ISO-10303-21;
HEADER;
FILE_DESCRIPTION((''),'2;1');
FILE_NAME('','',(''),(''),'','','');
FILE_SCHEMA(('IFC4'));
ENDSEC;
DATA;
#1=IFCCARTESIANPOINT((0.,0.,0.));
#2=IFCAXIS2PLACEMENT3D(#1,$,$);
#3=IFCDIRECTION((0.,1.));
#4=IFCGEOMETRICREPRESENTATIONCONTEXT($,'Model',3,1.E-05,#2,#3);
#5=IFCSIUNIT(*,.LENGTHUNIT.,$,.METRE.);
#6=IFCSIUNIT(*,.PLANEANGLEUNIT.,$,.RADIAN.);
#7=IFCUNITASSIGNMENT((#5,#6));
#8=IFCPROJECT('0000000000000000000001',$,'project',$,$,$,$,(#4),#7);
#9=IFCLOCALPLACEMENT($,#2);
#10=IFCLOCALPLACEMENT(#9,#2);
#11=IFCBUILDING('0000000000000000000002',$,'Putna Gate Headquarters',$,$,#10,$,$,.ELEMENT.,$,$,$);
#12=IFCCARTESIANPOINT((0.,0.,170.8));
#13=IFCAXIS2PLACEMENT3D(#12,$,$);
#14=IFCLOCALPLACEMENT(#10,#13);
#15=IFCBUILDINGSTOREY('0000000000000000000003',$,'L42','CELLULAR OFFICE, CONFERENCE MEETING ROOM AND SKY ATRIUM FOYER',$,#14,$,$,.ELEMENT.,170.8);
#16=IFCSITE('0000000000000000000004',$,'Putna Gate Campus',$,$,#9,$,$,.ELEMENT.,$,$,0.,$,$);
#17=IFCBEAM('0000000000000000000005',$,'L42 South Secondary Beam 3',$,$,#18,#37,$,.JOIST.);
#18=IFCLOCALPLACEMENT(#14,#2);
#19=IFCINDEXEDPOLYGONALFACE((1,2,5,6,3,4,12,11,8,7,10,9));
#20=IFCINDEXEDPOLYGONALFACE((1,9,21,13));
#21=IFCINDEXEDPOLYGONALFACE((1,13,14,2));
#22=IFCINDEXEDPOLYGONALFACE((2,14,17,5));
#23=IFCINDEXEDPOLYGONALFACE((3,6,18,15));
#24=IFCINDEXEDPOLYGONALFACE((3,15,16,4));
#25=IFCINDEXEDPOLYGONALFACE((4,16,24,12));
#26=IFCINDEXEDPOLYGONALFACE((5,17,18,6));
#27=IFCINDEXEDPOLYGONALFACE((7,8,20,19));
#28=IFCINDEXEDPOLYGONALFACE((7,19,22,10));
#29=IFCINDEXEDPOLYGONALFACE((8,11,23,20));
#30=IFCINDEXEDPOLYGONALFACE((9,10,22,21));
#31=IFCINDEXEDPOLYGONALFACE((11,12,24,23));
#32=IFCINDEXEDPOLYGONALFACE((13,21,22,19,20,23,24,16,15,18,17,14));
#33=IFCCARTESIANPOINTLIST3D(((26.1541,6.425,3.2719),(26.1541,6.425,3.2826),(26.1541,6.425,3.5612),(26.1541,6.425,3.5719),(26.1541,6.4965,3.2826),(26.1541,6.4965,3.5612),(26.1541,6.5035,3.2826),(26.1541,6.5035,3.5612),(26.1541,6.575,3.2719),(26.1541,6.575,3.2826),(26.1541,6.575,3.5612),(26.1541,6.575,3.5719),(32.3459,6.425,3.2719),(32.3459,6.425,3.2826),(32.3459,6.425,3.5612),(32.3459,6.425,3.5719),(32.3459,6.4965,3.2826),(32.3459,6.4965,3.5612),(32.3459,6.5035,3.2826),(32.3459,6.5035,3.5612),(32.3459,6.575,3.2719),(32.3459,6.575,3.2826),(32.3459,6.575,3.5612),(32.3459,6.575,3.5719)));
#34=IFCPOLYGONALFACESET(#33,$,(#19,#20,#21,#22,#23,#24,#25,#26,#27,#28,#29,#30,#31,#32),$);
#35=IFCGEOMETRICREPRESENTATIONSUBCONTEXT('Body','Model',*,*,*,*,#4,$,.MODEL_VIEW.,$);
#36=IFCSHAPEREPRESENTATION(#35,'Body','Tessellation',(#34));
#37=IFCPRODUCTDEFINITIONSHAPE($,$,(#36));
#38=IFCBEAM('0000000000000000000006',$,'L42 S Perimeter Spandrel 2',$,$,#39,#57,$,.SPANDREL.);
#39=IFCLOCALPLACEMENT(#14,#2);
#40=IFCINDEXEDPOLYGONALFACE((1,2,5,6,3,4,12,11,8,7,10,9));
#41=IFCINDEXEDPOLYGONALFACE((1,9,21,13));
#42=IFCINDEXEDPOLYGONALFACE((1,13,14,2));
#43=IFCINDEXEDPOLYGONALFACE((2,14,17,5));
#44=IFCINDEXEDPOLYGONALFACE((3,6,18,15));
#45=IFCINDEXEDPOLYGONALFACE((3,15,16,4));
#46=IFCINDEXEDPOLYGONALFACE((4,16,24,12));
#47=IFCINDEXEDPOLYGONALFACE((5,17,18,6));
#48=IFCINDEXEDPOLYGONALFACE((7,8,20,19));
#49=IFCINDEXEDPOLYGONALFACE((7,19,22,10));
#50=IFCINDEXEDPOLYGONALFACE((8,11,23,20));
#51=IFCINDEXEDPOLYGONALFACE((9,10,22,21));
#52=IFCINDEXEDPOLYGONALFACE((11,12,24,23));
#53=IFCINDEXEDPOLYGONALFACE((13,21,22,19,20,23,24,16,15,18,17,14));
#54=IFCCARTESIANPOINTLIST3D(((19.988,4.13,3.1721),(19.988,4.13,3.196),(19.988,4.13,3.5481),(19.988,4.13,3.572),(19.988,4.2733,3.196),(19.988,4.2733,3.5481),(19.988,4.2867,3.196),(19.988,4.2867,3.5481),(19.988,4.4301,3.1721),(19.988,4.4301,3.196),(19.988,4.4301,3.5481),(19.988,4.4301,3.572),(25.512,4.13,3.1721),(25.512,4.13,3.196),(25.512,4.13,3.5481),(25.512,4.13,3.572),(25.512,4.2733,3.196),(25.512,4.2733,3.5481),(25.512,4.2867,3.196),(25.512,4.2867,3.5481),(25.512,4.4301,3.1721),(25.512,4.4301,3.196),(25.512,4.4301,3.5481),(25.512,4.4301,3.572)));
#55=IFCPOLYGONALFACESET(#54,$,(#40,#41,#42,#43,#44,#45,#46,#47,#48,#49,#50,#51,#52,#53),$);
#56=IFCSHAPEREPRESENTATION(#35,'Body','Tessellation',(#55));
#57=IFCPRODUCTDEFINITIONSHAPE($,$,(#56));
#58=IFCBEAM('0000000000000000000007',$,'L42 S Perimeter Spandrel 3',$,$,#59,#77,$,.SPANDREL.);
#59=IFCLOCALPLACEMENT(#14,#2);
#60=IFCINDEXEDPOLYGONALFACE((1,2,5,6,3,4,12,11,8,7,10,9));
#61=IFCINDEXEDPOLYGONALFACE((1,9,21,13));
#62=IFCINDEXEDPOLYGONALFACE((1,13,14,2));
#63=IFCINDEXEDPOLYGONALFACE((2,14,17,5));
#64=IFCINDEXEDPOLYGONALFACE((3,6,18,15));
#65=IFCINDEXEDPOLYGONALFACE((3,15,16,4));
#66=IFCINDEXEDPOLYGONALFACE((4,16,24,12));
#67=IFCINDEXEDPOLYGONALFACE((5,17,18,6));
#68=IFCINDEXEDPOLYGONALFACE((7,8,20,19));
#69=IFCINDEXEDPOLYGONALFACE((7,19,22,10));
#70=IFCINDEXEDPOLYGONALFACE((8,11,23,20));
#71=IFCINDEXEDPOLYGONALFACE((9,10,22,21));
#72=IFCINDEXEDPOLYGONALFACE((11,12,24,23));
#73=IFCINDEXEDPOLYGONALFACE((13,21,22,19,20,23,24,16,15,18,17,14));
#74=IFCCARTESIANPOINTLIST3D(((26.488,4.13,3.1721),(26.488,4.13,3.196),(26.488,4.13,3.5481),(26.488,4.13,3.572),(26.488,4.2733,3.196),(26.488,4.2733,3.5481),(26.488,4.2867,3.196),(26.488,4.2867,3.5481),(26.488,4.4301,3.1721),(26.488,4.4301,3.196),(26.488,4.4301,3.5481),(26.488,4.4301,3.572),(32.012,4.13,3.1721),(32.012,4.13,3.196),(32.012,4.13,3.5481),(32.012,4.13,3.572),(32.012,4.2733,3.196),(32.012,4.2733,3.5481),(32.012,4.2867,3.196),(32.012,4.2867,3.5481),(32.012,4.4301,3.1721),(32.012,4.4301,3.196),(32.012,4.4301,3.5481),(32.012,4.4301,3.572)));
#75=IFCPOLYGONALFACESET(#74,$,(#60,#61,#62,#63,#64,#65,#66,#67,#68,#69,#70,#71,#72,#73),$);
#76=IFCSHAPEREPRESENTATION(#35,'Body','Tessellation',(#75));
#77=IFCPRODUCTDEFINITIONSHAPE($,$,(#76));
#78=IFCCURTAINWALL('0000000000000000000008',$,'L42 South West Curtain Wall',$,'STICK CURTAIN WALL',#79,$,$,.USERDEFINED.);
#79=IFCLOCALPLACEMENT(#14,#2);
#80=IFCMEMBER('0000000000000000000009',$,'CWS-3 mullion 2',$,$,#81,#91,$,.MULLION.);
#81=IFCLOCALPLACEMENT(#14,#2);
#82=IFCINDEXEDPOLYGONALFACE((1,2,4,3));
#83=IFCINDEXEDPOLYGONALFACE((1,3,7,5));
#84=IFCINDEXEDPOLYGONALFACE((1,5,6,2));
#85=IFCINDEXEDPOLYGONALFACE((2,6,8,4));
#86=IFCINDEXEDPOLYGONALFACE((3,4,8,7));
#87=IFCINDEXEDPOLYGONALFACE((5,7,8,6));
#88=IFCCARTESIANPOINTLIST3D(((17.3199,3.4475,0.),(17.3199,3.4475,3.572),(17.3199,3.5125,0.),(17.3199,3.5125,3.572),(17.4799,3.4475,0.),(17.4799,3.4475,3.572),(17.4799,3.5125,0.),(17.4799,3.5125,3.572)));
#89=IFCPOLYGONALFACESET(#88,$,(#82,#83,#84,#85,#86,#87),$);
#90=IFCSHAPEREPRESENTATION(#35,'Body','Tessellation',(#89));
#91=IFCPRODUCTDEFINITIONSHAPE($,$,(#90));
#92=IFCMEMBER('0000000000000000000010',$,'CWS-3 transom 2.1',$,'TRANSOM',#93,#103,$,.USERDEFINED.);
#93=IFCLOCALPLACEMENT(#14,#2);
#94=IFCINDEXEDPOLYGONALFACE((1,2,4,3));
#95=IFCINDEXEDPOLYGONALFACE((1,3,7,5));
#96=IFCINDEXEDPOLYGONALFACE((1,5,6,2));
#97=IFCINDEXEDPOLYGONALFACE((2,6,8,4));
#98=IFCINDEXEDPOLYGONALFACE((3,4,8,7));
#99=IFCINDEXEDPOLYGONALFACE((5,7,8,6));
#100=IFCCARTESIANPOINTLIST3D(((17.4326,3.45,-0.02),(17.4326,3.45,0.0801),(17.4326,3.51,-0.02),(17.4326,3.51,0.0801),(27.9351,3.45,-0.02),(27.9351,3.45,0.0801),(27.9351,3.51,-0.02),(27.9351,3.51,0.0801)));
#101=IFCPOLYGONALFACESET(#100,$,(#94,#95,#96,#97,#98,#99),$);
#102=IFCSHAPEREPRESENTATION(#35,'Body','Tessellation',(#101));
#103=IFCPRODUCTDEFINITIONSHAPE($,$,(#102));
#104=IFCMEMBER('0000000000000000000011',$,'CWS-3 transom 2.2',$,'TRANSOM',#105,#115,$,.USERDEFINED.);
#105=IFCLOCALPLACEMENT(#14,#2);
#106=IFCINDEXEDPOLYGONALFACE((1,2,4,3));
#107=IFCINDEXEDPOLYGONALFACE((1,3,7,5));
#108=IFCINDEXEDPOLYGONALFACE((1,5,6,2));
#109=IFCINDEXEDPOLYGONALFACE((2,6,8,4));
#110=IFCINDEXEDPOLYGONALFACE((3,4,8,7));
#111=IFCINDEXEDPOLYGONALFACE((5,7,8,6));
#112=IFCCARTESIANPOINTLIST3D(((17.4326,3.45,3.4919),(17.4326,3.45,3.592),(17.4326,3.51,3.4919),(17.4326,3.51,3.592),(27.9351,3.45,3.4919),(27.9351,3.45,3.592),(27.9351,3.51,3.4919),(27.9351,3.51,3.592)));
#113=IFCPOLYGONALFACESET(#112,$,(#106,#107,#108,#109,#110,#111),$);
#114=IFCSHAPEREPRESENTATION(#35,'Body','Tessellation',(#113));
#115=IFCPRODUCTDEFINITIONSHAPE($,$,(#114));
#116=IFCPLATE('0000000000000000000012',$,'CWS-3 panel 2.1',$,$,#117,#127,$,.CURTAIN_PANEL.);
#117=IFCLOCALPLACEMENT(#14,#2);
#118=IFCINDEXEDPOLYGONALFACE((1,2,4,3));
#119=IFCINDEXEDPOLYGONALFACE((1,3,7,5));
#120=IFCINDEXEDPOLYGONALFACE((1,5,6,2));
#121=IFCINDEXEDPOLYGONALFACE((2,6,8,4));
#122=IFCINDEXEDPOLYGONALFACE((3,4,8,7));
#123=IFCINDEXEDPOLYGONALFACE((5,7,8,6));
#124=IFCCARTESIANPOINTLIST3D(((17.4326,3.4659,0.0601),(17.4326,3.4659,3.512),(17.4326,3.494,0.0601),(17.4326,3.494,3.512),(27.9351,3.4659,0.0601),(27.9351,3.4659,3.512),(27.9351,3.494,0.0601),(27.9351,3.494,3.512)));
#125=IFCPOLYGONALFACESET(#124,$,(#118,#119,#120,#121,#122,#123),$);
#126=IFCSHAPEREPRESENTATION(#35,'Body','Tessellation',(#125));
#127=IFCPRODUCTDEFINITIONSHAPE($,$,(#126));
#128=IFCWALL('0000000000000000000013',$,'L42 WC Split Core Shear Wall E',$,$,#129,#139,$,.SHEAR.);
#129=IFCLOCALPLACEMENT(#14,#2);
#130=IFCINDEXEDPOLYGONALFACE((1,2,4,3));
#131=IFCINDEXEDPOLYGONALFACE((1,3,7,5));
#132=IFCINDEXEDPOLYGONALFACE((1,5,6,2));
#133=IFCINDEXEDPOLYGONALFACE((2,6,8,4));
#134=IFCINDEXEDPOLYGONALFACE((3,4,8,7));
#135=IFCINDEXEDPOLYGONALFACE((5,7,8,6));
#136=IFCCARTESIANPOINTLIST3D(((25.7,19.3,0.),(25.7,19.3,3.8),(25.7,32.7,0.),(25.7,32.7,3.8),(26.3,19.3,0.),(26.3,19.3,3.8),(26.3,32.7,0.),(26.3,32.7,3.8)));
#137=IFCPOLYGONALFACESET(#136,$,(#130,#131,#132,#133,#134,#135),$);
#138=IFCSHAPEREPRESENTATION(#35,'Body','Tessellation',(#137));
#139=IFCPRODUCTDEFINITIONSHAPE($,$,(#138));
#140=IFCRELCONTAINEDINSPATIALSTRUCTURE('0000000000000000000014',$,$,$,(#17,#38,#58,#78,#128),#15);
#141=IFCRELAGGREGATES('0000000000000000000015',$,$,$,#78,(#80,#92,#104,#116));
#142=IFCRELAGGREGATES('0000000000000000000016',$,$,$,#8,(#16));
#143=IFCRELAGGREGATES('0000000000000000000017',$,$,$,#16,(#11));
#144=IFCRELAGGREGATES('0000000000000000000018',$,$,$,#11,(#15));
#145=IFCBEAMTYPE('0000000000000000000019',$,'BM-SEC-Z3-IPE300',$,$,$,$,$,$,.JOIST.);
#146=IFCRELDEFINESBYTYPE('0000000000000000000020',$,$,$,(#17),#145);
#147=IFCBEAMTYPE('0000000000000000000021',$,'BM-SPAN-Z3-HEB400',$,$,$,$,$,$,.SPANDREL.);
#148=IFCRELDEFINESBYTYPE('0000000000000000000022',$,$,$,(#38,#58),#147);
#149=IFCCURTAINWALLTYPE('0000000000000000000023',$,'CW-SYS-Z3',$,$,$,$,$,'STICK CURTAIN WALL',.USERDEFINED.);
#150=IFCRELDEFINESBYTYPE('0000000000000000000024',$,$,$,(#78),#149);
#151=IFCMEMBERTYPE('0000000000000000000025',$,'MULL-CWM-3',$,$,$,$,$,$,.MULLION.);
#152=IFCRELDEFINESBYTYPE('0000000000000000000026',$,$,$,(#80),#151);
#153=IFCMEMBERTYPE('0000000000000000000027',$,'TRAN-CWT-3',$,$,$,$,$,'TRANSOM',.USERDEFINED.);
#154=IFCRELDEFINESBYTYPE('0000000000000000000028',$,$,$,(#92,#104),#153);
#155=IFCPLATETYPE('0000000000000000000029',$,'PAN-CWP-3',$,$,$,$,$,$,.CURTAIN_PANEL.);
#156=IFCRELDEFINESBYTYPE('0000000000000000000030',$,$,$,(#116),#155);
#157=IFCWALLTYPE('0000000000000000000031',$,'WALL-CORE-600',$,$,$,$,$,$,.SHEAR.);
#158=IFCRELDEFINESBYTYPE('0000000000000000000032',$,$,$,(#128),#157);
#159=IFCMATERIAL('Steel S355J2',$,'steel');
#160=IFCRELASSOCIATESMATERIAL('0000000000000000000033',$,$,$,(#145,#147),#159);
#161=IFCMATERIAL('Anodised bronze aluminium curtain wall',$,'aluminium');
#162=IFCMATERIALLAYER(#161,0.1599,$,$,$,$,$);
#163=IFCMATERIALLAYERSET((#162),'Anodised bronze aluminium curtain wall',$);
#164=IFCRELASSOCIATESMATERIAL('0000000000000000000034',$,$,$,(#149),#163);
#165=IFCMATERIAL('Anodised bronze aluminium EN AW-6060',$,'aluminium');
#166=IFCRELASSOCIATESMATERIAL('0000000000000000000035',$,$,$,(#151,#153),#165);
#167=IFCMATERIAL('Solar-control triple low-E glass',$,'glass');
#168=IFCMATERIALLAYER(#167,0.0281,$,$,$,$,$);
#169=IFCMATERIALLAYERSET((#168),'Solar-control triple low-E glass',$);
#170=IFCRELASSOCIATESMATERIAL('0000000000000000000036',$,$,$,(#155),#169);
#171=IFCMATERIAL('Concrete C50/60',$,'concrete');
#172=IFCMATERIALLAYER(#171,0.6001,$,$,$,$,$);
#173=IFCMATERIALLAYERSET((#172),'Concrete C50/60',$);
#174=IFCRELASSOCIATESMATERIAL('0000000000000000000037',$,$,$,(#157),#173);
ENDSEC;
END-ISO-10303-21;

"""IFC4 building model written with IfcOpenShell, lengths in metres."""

from ifc_helpers import new_model, si_unit, direction, frame, frame_2d, origin, origin_2d, place, context, subcontext, project, spatial, rectangle, i_section, extrude, material, layer, layer_set, material_profile, profile_set, type_object, element, aggregate, save


model = new_model("IFC4")

# Units and contexts
model_context = context("Model", 3, precision=1e-05, world=origin(), true_north=direction((0.0, 1.0)))
body_context = subcontext(model_context, "Body", "Model", "MODEL_VIEW")
ifc_project = project(units=[si_unit("LENGTHUNIT", "METRE"), si_unit("PLANEANGLEUNIT", "RADIAN")], contexts=[model_context])

# Site, building, storey
site_placement = place(None, origin())
site = spatial("IfcSite", under=ifc_project, at=site_placement, Name="Putna Gate Campus", CompositionType="ELEMENT", RefElevation=0.0)
building_placement = place(site_placement, origin())
building = spatial("IfcBuilding", under=site, at=building_placement, Name="Putna Gate Headquarters", CompositionType="ELEMENT")
storey_placement = place(building_placement, frame((0.0, 0.0, 170.8)))
storey = spatial("IfcBuildingStorey", under=building, at=storey_placement, Name="L42", Description="CELLULAR OFFICE, CONFERENCE MEETING ROOM AND SKY ATRIUM FOYER", CompositionType="ELEMENT", Elevation=170.8)

# Shared definitions
ifc_material_1 = material(Name="Concrete C50/60", Category="concrete")

# Beams
ifc_material_2 = material(Name="Steel S355J2", Category="steel")
ifc_material_profile_1 = material_profile(ifc_material_2, i_section(OverallWidth=0.1499, OverallDepth=0.3, WebThickness=0.0071, FlangeThickness=0.0107, at=origin_2d()), Name="Steel S355J2")
ifc_profile_set_1 = profile_set([ifc_material_profile_1], Name="Steel S355J2")
beam_type_1 = type_object("IfcBeamType", Name="BM-SEC-Z3-IPE300", PredefinedType="JOIST", material=ifc_profile_set_1)
beam_1_placement = place(storey_placement, frame((26.1541, 6.5, 3.4219), z_axis=(1.0, 0.0, 0.0), x_axis=(0.0, 1.0, 0.0)))
element("IfcBeam", 1, at=beam_1_placement, inside=storey, type_object=beam_type_1, Name="L42 South Secondary Beam 3", PredefinedType="JOIST", context=body_context, shape_type="SweptSolid", body=[
    extrude(i_section(OverallWidth=0.1499, OverallDepth=0.3, WebThickness=0.0071, FlangeThickness=0.0107, at=origin_2d()), origin(), (0.0, 0.0, 1.0), 6.1919),
])
ifc_material_profile_2 = material_profile(ifc_material_2, i_section(OverallWidth=0.3, OverallDepth=0.3999, WebThickness=0.0134, FlangeThickness=0.0239, at=origin_2d()), Name="Steel S355J2")
ifc_profile_set_2 = profile_set([ifc_material_profile_2], Name="Steel S355J2")
beam_type_2 = type_object("IfcBeamType", Name="BM-SPAN-Z3-HEB400", PredefinedType="SPANDREL", material=ifc_profile_set_2)
for number, where, z_axis, x_axis, name in (
    (2, (19.988, 4.28, 3.3721), (1.0, 0.0, 0.0), (0.0, 1.0, 0.0), "L42 S Perimeter Spandrel 2"),
    (3, (26.488, 4.28, 3.3721), (1.0, 0.0, 0.0), (0.0, 1.0, 0.0), "L42 S Perimeter Spandrel 3"),
):
    element("IfcBeam", number, at=place(storey_placement, frame(where, z_axis=z_axis, x_axis=x_axis)), inside=storey, type_object=beam_type_2, Name=name, PredefinedType="SPANDREL", context=body_context, shape_type="SweptSolid", body=[
        extrude(i_section(OverallWidth=0.3, OverallDepth=0.3999, WebThickness=0.0134, FlangeThickness=0.0239, at=origin_2d()), origin(), (0.0, 0.0, 1.0), 5.5239),
    ])

# Curtain wall, members, plate
ifc_material_3 = material(Name="Anodised bronze aluminium curtain wall", Category="aluminium")
ifc_layer_1 = layer(ifc_material_3, 0.1599)
ifc_layer_set_1 = layer_set([ifc_layer_1], Name="Anodised bronze aluminium curtain wall")
curtain_wall_type = type_object("IfcCurtainWallType", Name="CW-SYS-Z3", ElementType="STICK CURTAIN WALL", PredefinedType="USERDEFINED", material=ifc_layer_set_1)
curtain_wall_placement = place(storey_placement, origin())
curtain_wall = element("IfcCurtainWall", 4, at=curtain_wall_placement, inside=storey, type_object=curtain_wall_type, Name="L42 South West Curtain Wall", ObjectType="STICK CURTAIN WALL", PredefinedType="USERDEFINED")
ifc_material_4 = material(Name="Anodised bronze aluminium EN AW-6060", Category="aluminium")
ifc_material_profile_3 = material_profile(ifc_material_4, rectangle(XDim=0.0649, YDim=0.1599, at=origin_2d()), Name="Anodised bronze aluminium EN AW-6060")
ifc_profile_set_3 = profile_set([ifc_material_profile_3], Name="Anodised bronze aluminium EN AW-6060")
member_type_1 = type_object("IfcMemberType", Name="MULL-CWM-3", PredefinedType="MULLION", material=ifc_profile_set_3)
member_1_placement = place(storey_placement, frame((17.3999, 3.48, 0.0), z_axis=(0.0, 0.0, 1.0), x_axis=(0.0, 1.0, 0.0)))
member_1 = element("IfcMember", 5, at=member_1_placement, type_object=member_type_1, Name="CWS-3 mullion 2", PredefinedType="MULLION", context=body_context, shape_type="SweptSolid", body=[
    extrude(rectangle(XDim=0.0649, YDim=0.1599, at=origin_2d()), origin(), (0.0, 0.0, 1.0), 3.572),
])
ifc_material_profile_4 = material_profile(ifc_material_4, rectangle(XDim=0.0601, YDim=0.1001, at=origin_2d()), Name="Anodised bronze aluminium EN AW-6060")
ifc_profile_set_4 = profile_set([ifc_material_profile_4], Name="Anodised bronze aluminium EN AW-6060")
member_type_2 = type_object("IfcMemberType", Name="TRAN-CWT-3", ElementType="TRANSOM", PredefinedType="USERDEFINED", material=ifc_profile_set_4)
member_2_placement = place(storey_placement, frame((17.4326, 3.48, 0.03), z_axis=(1.0, 0.0, 0.0), x_axis=(0.0, 1.0, 0.0)))
member_2 = element("IfcMember", 6, at=member_2_placement, type_object=member_type_2, Name="CWS-3 transom 2.1", ObjectType="TRANSOM", PredefinedType="USERDEFINED", context=body_context, shape_type="SweptSolid", body=[
    extrude(rectangle(XDim=0.0601, YDim=0.1001, at=origin_2d()), origin(), (0.0, 0.0, 1.0), 10.5024),
])
member_3_placement = place(storey_placement, frame((17.4326, 3.48, 3.542), z_axis=(1.0, 0.0, 0.0), x_axis=(0.0, 1.0, 0.0)))
member_3 = element("IfcMember", 7, at=member_3_placement, type_object=member_type_2, Name="CWS-3 transom 2.2", ObjectType="TRANSOM", PredefinedType="USERDEFINED", context=body_context, shape_type="SweptSolid", body=[
    extrude(rectangle(XDim=0.0601, YDim=0.1001, at=origin_2d()), origin(), (0.0, 0.0, 1.0), 10.5024),
])
ifc_material_5 = material(Name="Solar-control triple low-E glass", Category="glass")
ifc_layer_2 = layer(ifc_material_5, 0.0281)
ifc_layer_set_2 = layer_set([ifc_layer_2], Name="Solar-control triple low-E glass")
plate_type = type_object("IfcPlateType", Name="PAN-CWP-3", PredefinedType="CURTAIN_PANEL", material=ifc_layer_set_2)
plate_placement = place(storey_placement, frame((22.6838, 3.48, 0.0601), z_axis=(0.0, 0.0, 1.0), x_axis=(1.0, 0.0, 0.0)))
plate = element("IfcPlate", 8, at=plate_placement, type_object=plate_type, Name="CWS-3 panel 2.1", PredefinedType="CURTAIN_PANEL", context=body_context, shape_type="SweptSolid", body=[
    extrude(rectangle(XDim=10.5024, YDim=0.0281, at=origin_2d()), origin(), (0.0, 0.0, 1.0), 3.4519),
])
aggregate(curtain_wall, [member_1, member_2, member_3, plate])

# Wall
ifc_layer_3 = layer(ifc_material_1, 0.6001)
ifc_layer_set_3 = layer_set([ifc_layer_3], Name="Concrete C50/60")
wall_type_1 = type_object("IfcWallType", Name="WALL-CORE-600", PredefinedType="SHEAR", material=ifc_layer_set_3)
wall_1_placement = place(storey_placement, frame((26.0, 19.3, 0.0), z_axis=(0.0, 0.0, 1.0), x_axis=(0.0, 1.0, 0.0)))
element("IfcWall", 9, at=wall_1_placement, inside=storey, type_object=wall_type_1, Name="L42 WC Split Core Shear Wall E", PredefinedType="SHEAR", context=body_context, shape_type="SweptSolid", body=[
    extrude(rectangle(XDim=13.3999, YDim=0.6001, at=frame_2d((6.7, 0.0))), origin(), (0.0, 0.0, 1.0), 3.8),
])

save(model, "model.ifc")
